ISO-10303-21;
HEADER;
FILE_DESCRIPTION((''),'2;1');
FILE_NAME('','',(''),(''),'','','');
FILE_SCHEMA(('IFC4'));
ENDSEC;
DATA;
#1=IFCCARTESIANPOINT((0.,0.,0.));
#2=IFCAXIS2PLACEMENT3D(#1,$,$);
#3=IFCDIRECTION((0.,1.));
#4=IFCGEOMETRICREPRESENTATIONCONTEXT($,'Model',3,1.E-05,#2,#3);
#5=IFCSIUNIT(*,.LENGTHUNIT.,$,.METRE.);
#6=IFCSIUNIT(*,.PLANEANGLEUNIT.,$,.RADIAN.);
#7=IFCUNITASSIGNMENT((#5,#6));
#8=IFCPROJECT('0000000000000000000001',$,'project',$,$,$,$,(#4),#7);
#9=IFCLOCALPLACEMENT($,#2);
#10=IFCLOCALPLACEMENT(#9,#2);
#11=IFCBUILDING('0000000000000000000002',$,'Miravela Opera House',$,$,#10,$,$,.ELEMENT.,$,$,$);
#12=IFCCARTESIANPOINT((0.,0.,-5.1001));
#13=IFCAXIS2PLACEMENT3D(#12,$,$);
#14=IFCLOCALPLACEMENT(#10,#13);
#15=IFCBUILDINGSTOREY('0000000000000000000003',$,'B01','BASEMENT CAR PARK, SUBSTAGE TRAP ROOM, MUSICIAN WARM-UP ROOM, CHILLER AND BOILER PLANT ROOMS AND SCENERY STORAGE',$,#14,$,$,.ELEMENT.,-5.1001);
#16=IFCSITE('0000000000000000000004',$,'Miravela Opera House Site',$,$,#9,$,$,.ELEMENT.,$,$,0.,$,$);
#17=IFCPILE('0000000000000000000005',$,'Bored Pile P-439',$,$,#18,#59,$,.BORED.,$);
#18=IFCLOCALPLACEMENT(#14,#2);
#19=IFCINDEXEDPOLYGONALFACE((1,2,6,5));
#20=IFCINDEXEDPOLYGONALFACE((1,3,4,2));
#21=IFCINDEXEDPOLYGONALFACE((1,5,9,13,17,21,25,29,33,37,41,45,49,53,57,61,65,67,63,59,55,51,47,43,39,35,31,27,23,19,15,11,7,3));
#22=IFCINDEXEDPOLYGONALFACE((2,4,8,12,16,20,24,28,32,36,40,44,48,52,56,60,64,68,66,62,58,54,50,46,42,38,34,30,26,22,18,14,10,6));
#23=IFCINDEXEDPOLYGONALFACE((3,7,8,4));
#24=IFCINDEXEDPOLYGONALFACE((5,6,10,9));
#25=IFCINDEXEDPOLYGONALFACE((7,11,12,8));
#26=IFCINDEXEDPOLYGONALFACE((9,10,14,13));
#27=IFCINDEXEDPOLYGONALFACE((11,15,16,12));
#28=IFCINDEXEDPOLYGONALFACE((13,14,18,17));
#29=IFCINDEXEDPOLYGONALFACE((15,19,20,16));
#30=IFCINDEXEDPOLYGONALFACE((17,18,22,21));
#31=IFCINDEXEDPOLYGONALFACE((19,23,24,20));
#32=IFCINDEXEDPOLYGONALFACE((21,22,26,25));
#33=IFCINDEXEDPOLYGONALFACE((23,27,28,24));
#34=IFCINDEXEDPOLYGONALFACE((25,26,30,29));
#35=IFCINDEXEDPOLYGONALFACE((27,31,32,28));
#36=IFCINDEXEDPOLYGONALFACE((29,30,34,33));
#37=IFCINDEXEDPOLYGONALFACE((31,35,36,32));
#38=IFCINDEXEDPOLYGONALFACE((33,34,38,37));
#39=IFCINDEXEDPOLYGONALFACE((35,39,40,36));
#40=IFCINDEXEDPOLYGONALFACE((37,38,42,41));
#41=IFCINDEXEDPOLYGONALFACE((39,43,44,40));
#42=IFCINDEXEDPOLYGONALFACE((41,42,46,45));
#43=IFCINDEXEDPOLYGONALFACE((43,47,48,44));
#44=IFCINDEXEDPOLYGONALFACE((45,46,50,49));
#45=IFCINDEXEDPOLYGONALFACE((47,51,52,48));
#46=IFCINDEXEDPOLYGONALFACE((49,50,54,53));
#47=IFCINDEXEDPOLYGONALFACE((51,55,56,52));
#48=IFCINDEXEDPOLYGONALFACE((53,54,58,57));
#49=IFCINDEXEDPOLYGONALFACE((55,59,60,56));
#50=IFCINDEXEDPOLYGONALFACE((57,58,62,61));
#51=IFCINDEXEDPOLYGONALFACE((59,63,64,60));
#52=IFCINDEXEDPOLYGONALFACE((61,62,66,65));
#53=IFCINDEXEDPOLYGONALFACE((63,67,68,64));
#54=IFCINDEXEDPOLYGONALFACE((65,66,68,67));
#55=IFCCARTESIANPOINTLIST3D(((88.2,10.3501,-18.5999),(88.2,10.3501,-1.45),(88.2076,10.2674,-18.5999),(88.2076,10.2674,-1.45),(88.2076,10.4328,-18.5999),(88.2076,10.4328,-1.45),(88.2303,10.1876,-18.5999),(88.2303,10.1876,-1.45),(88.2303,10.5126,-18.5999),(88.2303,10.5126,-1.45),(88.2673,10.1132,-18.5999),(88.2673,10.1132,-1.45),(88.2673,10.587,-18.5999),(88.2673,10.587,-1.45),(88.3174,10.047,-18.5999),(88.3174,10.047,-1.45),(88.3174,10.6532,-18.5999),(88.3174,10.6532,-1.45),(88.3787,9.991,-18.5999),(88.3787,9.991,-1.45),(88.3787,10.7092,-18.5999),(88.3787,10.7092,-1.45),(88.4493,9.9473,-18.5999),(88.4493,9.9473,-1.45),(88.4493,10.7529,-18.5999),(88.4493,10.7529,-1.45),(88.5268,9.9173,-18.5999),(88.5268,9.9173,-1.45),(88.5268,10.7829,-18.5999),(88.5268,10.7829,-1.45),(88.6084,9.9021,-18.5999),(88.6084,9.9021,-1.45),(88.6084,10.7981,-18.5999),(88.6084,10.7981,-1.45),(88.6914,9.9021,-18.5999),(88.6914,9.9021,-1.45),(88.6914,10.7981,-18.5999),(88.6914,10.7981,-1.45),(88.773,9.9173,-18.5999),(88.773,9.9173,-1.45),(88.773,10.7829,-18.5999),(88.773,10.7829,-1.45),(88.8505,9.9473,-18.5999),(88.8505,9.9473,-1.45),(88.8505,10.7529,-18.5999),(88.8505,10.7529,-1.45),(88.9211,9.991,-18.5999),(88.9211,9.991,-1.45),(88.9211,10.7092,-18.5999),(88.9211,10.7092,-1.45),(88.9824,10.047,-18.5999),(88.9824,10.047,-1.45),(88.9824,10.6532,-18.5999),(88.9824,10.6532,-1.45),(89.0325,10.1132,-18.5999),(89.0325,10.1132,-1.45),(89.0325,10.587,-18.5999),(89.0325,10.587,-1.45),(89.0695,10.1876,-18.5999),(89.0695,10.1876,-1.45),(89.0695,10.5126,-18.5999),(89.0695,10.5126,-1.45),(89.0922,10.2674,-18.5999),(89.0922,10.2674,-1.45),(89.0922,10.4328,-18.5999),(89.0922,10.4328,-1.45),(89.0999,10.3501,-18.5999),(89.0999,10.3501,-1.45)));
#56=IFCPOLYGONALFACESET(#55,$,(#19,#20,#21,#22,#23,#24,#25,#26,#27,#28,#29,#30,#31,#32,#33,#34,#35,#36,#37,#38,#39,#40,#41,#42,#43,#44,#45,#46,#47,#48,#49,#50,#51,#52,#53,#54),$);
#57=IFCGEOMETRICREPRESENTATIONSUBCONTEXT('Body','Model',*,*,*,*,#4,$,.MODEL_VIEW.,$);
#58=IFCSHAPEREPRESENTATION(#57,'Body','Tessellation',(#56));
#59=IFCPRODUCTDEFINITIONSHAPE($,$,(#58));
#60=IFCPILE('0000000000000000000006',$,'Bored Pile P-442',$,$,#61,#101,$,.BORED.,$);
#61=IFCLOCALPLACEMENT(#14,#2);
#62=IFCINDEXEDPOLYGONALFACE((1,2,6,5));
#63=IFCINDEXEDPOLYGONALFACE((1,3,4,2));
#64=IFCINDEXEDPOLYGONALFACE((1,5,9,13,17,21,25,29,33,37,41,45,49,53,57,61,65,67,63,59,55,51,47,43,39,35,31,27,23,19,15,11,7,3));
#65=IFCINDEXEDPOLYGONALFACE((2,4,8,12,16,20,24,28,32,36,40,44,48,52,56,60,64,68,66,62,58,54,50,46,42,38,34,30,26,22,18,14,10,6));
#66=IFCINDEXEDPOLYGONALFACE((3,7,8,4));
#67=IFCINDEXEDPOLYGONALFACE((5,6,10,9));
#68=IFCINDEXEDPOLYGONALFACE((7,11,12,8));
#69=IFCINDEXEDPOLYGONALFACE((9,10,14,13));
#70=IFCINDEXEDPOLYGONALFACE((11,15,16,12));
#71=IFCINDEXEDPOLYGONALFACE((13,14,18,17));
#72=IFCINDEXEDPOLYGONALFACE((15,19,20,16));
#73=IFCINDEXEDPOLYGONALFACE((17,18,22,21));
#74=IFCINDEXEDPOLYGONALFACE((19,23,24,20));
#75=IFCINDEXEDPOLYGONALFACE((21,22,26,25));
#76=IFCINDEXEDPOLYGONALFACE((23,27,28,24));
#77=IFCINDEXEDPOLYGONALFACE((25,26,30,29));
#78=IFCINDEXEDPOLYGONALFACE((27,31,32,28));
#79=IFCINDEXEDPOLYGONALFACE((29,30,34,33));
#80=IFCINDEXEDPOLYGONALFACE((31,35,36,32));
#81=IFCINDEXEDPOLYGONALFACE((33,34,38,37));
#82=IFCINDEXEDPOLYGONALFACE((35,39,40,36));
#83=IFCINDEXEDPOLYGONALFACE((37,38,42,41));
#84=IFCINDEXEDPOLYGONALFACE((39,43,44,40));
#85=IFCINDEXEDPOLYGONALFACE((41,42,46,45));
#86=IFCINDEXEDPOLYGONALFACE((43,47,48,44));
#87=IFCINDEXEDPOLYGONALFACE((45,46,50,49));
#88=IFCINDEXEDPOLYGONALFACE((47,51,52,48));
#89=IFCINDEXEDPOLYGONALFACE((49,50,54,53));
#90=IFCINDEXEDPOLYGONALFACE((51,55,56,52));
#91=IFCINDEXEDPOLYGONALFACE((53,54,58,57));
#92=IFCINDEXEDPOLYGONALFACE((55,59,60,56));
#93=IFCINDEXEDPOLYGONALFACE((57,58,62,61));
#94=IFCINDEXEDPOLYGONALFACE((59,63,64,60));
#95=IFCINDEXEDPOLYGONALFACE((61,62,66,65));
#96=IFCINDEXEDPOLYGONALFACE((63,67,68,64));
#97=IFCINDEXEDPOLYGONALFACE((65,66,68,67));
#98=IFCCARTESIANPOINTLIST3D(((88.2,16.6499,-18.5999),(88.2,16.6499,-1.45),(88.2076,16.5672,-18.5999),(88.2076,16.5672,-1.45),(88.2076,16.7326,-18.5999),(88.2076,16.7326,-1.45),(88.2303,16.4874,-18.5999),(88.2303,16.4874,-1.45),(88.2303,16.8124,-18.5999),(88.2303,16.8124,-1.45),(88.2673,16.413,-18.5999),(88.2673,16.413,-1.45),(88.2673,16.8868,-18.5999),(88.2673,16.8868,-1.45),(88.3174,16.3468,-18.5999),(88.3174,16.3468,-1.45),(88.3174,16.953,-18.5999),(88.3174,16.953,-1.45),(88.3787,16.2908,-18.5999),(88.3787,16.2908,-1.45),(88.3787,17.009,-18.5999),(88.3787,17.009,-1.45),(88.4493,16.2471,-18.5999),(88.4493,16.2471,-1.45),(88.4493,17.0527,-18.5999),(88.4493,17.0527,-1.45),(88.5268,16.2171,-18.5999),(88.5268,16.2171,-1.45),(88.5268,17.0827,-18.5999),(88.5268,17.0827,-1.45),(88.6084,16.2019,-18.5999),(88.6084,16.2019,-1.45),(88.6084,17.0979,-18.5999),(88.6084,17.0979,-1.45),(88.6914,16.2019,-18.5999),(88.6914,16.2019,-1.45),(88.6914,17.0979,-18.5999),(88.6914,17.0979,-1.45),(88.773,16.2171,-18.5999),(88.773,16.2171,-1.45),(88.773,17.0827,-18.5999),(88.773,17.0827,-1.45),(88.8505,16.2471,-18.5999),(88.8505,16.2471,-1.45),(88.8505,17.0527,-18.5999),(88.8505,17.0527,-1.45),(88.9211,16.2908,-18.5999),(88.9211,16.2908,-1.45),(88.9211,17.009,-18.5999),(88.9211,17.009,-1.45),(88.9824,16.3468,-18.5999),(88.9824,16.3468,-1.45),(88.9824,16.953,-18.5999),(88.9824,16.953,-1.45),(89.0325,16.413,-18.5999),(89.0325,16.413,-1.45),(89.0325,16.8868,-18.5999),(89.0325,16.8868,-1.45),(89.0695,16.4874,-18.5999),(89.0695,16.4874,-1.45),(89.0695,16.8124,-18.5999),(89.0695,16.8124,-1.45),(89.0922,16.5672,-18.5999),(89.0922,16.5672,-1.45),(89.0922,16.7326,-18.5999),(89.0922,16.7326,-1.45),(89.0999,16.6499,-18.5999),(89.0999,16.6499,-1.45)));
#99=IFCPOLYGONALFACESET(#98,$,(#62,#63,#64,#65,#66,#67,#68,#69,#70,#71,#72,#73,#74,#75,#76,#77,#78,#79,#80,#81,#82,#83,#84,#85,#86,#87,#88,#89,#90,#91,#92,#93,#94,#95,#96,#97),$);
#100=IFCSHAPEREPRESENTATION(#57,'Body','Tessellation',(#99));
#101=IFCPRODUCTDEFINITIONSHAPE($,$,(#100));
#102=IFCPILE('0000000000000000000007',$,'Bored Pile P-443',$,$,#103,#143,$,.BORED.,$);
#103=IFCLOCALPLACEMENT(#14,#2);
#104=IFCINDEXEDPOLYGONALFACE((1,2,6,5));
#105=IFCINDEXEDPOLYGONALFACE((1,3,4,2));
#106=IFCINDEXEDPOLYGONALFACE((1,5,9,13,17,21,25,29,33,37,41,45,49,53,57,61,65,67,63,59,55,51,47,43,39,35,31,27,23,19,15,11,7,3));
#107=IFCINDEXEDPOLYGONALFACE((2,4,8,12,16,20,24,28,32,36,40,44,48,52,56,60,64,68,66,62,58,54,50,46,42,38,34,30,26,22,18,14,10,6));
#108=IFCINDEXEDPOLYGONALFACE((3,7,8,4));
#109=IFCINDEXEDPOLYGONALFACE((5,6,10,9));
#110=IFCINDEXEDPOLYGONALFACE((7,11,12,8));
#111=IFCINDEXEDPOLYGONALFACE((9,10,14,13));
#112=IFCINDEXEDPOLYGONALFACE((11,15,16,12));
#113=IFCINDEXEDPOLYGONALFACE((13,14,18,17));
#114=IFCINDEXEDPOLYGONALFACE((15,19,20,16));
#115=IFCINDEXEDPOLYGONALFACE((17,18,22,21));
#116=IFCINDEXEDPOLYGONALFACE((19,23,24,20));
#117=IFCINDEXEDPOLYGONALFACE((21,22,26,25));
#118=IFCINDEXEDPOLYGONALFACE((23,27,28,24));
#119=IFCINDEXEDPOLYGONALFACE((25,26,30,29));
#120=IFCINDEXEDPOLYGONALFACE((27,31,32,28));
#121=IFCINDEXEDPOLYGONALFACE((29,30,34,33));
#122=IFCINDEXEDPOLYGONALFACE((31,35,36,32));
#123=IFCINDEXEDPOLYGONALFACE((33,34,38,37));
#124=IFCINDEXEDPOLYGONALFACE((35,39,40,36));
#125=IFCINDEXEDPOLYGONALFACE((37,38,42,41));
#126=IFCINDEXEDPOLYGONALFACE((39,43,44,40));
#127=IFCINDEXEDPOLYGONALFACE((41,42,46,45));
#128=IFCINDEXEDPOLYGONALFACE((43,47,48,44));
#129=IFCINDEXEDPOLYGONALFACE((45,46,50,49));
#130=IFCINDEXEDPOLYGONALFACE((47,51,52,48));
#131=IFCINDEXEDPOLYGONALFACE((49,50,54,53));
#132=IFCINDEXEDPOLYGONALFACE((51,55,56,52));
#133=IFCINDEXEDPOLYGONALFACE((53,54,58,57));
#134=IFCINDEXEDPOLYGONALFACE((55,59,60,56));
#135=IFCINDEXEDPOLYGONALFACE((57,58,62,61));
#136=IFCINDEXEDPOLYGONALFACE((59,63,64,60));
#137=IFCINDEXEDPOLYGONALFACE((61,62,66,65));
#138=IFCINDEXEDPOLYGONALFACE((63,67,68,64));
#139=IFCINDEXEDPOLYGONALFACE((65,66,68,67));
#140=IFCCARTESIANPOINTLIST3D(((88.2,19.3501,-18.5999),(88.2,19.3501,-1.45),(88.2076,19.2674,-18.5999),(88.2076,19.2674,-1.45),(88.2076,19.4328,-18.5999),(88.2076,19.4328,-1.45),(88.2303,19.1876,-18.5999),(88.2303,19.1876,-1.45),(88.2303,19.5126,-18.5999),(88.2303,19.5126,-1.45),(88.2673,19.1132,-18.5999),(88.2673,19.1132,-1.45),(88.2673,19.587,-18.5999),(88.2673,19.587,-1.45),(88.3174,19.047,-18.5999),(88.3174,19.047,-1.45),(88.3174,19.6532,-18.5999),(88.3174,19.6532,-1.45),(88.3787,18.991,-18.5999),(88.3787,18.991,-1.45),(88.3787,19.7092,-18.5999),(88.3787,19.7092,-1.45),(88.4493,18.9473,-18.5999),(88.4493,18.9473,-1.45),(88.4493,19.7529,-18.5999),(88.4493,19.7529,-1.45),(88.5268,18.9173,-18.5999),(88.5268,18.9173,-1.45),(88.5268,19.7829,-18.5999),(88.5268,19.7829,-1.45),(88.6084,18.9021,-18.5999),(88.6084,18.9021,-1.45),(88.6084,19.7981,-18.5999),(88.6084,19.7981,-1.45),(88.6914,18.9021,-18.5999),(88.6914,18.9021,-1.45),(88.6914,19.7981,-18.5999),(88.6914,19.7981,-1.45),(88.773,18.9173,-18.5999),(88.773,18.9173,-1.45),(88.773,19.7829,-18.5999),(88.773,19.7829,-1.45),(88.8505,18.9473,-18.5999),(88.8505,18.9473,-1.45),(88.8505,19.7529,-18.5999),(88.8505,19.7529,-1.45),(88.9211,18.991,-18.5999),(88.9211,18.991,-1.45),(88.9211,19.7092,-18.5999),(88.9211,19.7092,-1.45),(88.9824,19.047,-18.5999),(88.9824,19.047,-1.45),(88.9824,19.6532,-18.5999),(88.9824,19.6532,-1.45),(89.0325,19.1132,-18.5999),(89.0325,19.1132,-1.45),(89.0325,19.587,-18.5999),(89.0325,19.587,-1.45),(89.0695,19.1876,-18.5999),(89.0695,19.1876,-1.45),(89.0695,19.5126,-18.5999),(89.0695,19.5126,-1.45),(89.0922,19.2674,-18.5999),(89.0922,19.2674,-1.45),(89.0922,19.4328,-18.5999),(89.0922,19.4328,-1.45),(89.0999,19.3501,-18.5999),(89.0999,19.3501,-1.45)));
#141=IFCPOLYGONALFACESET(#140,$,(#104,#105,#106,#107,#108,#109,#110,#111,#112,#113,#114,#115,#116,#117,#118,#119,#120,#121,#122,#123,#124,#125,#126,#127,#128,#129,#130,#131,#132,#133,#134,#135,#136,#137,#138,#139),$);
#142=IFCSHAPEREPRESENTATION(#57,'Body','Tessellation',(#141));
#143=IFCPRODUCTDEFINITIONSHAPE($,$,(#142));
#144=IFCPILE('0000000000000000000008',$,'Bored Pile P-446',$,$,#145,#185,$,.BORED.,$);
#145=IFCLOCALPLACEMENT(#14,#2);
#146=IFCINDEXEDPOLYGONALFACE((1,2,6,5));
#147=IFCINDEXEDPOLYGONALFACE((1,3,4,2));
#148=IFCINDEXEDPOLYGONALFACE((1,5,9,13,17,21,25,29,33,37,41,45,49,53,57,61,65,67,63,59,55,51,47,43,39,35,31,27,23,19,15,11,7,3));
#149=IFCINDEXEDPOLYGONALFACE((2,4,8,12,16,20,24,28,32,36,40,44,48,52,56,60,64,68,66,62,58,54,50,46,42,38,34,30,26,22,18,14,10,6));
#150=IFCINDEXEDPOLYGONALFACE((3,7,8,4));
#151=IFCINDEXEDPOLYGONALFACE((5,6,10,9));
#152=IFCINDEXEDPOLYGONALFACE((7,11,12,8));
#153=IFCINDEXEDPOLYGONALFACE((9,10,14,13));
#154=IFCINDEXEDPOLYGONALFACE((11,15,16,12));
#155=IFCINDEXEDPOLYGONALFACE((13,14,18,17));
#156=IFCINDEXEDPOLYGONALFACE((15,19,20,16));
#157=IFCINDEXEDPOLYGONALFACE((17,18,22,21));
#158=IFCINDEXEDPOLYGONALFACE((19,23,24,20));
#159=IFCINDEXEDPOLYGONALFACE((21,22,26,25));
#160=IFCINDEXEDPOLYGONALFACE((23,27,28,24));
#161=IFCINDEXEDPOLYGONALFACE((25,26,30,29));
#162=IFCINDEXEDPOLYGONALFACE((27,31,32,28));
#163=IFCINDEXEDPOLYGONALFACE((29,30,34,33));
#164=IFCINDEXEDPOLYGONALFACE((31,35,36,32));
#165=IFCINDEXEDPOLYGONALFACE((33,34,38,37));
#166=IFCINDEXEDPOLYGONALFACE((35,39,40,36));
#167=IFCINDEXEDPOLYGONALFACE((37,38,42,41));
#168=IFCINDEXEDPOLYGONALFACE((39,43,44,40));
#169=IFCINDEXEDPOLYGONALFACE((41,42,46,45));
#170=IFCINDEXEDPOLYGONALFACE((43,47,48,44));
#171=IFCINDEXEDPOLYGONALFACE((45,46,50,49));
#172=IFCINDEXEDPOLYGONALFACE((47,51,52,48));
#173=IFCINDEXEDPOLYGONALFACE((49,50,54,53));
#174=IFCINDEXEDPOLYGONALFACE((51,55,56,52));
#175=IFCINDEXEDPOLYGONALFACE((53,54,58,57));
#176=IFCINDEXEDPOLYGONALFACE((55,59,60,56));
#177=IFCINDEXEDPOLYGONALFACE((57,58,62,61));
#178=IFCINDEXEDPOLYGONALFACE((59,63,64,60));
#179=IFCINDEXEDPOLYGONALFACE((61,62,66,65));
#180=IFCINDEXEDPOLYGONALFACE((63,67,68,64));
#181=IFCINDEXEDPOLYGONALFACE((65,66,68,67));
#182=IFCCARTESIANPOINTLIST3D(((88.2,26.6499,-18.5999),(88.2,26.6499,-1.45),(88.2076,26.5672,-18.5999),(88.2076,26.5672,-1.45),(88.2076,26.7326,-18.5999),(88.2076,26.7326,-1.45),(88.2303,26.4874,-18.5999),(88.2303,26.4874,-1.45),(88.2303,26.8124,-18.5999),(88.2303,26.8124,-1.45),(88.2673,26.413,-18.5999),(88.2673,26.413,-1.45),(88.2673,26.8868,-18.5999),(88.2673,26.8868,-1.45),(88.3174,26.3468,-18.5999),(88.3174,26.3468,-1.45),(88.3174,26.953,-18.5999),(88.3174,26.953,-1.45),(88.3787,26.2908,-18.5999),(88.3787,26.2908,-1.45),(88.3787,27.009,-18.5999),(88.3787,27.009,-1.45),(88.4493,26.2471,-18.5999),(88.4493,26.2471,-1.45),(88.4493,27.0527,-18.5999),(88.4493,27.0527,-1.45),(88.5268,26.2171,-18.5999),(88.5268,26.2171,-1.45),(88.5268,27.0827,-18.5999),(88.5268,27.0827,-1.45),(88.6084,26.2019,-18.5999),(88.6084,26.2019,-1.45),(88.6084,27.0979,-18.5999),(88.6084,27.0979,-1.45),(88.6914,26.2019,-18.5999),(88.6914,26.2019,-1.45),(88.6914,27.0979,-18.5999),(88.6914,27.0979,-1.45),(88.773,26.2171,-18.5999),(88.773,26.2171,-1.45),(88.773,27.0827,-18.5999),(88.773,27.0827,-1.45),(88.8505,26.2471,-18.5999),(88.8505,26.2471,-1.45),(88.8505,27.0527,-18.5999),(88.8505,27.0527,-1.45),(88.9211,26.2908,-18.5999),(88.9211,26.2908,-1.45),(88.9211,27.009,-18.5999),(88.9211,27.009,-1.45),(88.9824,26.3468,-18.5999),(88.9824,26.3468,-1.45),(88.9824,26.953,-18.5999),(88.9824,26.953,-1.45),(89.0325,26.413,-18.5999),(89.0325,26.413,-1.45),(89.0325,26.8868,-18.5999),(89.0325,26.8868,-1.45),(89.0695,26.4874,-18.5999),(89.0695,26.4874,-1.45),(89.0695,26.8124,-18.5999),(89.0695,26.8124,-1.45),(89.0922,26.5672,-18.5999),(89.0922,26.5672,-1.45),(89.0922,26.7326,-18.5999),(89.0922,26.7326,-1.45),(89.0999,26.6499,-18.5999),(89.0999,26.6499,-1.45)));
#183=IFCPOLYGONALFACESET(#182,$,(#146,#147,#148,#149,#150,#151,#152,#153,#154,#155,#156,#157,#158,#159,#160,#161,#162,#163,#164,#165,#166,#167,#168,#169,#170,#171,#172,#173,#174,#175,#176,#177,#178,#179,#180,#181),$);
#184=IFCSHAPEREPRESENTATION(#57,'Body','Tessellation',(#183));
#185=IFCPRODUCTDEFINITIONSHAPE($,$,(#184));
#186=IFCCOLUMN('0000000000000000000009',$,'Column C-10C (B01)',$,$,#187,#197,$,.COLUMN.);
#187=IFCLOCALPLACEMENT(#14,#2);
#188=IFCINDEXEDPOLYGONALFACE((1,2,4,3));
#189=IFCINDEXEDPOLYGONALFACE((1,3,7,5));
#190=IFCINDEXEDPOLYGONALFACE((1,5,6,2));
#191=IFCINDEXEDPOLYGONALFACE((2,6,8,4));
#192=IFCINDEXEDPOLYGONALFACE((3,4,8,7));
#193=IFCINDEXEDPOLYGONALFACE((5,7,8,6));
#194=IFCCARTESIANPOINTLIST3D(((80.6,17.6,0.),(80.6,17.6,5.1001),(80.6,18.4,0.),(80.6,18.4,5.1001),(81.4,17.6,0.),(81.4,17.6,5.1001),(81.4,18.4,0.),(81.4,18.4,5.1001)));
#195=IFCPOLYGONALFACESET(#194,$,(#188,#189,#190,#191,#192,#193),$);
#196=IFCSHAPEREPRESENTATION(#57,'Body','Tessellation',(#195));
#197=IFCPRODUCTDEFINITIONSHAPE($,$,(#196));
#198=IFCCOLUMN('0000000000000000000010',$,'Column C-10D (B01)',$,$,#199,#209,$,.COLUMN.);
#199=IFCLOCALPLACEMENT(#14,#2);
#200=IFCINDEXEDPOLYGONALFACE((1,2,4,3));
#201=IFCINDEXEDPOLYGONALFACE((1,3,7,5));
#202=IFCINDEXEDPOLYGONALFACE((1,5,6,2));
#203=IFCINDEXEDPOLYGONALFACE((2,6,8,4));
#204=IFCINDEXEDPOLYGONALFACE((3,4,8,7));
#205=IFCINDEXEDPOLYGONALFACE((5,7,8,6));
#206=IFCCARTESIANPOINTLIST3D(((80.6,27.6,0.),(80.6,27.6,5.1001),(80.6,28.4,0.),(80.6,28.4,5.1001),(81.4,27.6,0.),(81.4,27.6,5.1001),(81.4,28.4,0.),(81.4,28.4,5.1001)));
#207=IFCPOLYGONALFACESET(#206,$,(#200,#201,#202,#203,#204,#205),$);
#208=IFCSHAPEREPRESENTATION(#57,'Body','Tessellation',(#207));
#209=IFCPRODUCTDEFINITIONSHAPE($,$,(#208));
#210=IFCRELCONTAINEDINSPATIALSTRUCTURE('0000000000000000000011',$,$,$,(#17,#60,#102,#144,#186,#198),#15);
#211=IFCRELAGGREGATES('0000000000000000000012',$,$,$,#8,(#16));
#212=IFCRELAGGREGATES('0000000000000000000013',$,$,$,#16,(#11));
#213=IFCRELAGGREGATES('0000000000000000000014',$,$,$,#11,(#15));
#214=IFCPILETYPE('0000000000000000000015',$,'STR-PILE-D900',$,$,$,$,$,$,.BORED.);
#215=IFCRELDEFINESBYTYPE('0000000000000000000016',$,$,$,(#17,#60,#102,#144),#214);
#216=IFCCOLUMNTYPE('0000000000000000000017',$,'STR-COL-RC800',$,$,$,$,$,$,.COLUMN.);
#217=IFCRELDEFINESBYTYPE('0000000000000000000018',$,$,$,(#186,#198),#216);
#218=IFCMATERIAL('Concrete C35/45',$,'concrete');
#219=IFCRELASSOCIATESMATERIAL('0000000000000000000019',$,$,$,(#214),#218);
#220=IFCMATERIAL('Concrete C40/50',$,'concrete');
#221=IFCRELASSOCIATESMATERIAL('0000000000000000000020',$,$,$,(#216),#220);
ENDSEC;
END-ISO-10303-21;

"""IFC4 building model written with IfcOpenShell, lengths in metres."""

from ifc_helpers import new_model, si_unit, direction, frame, origin, origin_2d, place, context, subcontext, project, spatial, rectangle, circle, extrude, material, material_profile, profile_set, type_object, element, save


model = new_model("IFC4")

# Units and contexts
model_context = context("Model", 3, precision=1e-05, world=origin(), true_north=direction((0.0, 1.0)))
body_context = subcontext(model_context, "Body", "Model", "MODEL_VIEW")
ifc_project = project(units=[si_unit("LENGTHUNIT", "METRE"), si_unit("PLANEANGLEUNIT", "RADIAN")], contexts=[model_context])

# Site, building, storey
site_placement = place(None, origin())
site = spatial("IfcSite", under=ifc_project, at=site_placement, Name="Miravela Opera House Site", CompositionType="ELEMENT", RefElevation=0.0)
building_placement = place(site_placement, origin())
building = spatial("IfcBuilding", under=site, at=building_placement, Name="Miravela Opera House", CompositionType="ELEMENT")
storey_placement = place(building_placement, frame((0.0, 0.0, -5.1001)))
storey = spatial("IfcBuildingStorey", under=building, at=storey_placement, Name="B01", Description="BASEMENT CAR PARK, SUBSTAGE TRAP ROOM, MUSICIAN WARM-UP ROOM, CHILLER AND BOILER PLANT ROOMS AND SCENERY STORAGE", CompositionType="ELEMENT", Elevation=-5.1001)

# Shared definitions
ifc_material_1 = material(Name="Concrete C35/45", Category="concrete")

# Piles
ifc_material_profile_1 = material_profile(ifc_material_1, circle(Radius=0.45, at=origin_2d()), Name="PILE-D900")
ifc_profile_set_1 = profile_set([ifc_material_profile_1])
pile_type = type_object("IfcPileType", Name="STR-PILE-D900", PredefinedType="BORED", material=ifc_profile_set_1)
for number, where, z_axis, x_axis, name in (
    (1, (88.6499, 10.3501, -1.45), (0.0, 0.0, -1.0), (1.0, 0.0, 0.0), "Bored Pile P-439"),
    (2, (88.6499, 16.6499, -1.45), (0.0, 0.0, -1.0), (1.0, 0.0, 0.0), "Bored Pile P-442"),
    (3, (88.6499, 19.3501, -1.45), (0.0, 0.0, -1.0), (1.0, 0.0, 0.0), "Bored Pile P-443"),
    (4, (88.6499, 26.6499, -1.45), (0.0, 0.0, -1.0), (1.0, 0.0, 0.0), "Bored Pile P-446"),
):
    element("IfcPile", number, at=place(storey_placement, frame(where, z_axis=z_axis, x_axis=x_axis)), inside=storey, type_object=pile_type, Name=name, PredefinedType="BORED", context=body_context, shape_type="SweptSolid", body=[
        extrude(circle(Radius=0.45, at=origin_2d()), origin(), (0.0, 0.0, 1.0), 17.1499),
    ])

# Columns
ifc_material_2 = material(Name="Concrete C40/50", Category="concrete")
ifc_material_profile_2 = material_profile(ifc_material_2, rectangle(XDim=0.8, YDim=0.8, at=origin_2d()), Name="RC-COL-800X800")
ifc_profile_set_2 = profile_set([ifc_material_profile_2])
column_type = type_object("IfcColumnType", Name="STR-COL-RC800", PredefinedType="COLUMN", material=ifc_profile_set_2)
for number, where, z_axis, x_axis, name in (
    (5, (81.0, 18.0, 0.0), (0.0, 0.0, 1.0), (1.0, 0.0, 0.0), "Column C-10C (B01)"),
    (6, (81.0, 28.0, 0.0), (0.0, 0.0, 1.0), (1.0, 0.0, 0.0), "Column C-10D (B01)"),
):
    element("IfcColumn", number, at=place(storey_placement, frame(where, z_axis=z_axis, x_axis=x_axis)), inside=storey, type_object=column_type, Name=name, PredefinedType="COLUMN", context=body_context, shape_type="SweptSolid", body=[
        extrude(rectangle(XDim=0.8, YDim=0.8, at=origin_2d()), origin(), (0.0, 0.0, 1.0), 5.1001),
    ])

save(model, "model.ifc")
